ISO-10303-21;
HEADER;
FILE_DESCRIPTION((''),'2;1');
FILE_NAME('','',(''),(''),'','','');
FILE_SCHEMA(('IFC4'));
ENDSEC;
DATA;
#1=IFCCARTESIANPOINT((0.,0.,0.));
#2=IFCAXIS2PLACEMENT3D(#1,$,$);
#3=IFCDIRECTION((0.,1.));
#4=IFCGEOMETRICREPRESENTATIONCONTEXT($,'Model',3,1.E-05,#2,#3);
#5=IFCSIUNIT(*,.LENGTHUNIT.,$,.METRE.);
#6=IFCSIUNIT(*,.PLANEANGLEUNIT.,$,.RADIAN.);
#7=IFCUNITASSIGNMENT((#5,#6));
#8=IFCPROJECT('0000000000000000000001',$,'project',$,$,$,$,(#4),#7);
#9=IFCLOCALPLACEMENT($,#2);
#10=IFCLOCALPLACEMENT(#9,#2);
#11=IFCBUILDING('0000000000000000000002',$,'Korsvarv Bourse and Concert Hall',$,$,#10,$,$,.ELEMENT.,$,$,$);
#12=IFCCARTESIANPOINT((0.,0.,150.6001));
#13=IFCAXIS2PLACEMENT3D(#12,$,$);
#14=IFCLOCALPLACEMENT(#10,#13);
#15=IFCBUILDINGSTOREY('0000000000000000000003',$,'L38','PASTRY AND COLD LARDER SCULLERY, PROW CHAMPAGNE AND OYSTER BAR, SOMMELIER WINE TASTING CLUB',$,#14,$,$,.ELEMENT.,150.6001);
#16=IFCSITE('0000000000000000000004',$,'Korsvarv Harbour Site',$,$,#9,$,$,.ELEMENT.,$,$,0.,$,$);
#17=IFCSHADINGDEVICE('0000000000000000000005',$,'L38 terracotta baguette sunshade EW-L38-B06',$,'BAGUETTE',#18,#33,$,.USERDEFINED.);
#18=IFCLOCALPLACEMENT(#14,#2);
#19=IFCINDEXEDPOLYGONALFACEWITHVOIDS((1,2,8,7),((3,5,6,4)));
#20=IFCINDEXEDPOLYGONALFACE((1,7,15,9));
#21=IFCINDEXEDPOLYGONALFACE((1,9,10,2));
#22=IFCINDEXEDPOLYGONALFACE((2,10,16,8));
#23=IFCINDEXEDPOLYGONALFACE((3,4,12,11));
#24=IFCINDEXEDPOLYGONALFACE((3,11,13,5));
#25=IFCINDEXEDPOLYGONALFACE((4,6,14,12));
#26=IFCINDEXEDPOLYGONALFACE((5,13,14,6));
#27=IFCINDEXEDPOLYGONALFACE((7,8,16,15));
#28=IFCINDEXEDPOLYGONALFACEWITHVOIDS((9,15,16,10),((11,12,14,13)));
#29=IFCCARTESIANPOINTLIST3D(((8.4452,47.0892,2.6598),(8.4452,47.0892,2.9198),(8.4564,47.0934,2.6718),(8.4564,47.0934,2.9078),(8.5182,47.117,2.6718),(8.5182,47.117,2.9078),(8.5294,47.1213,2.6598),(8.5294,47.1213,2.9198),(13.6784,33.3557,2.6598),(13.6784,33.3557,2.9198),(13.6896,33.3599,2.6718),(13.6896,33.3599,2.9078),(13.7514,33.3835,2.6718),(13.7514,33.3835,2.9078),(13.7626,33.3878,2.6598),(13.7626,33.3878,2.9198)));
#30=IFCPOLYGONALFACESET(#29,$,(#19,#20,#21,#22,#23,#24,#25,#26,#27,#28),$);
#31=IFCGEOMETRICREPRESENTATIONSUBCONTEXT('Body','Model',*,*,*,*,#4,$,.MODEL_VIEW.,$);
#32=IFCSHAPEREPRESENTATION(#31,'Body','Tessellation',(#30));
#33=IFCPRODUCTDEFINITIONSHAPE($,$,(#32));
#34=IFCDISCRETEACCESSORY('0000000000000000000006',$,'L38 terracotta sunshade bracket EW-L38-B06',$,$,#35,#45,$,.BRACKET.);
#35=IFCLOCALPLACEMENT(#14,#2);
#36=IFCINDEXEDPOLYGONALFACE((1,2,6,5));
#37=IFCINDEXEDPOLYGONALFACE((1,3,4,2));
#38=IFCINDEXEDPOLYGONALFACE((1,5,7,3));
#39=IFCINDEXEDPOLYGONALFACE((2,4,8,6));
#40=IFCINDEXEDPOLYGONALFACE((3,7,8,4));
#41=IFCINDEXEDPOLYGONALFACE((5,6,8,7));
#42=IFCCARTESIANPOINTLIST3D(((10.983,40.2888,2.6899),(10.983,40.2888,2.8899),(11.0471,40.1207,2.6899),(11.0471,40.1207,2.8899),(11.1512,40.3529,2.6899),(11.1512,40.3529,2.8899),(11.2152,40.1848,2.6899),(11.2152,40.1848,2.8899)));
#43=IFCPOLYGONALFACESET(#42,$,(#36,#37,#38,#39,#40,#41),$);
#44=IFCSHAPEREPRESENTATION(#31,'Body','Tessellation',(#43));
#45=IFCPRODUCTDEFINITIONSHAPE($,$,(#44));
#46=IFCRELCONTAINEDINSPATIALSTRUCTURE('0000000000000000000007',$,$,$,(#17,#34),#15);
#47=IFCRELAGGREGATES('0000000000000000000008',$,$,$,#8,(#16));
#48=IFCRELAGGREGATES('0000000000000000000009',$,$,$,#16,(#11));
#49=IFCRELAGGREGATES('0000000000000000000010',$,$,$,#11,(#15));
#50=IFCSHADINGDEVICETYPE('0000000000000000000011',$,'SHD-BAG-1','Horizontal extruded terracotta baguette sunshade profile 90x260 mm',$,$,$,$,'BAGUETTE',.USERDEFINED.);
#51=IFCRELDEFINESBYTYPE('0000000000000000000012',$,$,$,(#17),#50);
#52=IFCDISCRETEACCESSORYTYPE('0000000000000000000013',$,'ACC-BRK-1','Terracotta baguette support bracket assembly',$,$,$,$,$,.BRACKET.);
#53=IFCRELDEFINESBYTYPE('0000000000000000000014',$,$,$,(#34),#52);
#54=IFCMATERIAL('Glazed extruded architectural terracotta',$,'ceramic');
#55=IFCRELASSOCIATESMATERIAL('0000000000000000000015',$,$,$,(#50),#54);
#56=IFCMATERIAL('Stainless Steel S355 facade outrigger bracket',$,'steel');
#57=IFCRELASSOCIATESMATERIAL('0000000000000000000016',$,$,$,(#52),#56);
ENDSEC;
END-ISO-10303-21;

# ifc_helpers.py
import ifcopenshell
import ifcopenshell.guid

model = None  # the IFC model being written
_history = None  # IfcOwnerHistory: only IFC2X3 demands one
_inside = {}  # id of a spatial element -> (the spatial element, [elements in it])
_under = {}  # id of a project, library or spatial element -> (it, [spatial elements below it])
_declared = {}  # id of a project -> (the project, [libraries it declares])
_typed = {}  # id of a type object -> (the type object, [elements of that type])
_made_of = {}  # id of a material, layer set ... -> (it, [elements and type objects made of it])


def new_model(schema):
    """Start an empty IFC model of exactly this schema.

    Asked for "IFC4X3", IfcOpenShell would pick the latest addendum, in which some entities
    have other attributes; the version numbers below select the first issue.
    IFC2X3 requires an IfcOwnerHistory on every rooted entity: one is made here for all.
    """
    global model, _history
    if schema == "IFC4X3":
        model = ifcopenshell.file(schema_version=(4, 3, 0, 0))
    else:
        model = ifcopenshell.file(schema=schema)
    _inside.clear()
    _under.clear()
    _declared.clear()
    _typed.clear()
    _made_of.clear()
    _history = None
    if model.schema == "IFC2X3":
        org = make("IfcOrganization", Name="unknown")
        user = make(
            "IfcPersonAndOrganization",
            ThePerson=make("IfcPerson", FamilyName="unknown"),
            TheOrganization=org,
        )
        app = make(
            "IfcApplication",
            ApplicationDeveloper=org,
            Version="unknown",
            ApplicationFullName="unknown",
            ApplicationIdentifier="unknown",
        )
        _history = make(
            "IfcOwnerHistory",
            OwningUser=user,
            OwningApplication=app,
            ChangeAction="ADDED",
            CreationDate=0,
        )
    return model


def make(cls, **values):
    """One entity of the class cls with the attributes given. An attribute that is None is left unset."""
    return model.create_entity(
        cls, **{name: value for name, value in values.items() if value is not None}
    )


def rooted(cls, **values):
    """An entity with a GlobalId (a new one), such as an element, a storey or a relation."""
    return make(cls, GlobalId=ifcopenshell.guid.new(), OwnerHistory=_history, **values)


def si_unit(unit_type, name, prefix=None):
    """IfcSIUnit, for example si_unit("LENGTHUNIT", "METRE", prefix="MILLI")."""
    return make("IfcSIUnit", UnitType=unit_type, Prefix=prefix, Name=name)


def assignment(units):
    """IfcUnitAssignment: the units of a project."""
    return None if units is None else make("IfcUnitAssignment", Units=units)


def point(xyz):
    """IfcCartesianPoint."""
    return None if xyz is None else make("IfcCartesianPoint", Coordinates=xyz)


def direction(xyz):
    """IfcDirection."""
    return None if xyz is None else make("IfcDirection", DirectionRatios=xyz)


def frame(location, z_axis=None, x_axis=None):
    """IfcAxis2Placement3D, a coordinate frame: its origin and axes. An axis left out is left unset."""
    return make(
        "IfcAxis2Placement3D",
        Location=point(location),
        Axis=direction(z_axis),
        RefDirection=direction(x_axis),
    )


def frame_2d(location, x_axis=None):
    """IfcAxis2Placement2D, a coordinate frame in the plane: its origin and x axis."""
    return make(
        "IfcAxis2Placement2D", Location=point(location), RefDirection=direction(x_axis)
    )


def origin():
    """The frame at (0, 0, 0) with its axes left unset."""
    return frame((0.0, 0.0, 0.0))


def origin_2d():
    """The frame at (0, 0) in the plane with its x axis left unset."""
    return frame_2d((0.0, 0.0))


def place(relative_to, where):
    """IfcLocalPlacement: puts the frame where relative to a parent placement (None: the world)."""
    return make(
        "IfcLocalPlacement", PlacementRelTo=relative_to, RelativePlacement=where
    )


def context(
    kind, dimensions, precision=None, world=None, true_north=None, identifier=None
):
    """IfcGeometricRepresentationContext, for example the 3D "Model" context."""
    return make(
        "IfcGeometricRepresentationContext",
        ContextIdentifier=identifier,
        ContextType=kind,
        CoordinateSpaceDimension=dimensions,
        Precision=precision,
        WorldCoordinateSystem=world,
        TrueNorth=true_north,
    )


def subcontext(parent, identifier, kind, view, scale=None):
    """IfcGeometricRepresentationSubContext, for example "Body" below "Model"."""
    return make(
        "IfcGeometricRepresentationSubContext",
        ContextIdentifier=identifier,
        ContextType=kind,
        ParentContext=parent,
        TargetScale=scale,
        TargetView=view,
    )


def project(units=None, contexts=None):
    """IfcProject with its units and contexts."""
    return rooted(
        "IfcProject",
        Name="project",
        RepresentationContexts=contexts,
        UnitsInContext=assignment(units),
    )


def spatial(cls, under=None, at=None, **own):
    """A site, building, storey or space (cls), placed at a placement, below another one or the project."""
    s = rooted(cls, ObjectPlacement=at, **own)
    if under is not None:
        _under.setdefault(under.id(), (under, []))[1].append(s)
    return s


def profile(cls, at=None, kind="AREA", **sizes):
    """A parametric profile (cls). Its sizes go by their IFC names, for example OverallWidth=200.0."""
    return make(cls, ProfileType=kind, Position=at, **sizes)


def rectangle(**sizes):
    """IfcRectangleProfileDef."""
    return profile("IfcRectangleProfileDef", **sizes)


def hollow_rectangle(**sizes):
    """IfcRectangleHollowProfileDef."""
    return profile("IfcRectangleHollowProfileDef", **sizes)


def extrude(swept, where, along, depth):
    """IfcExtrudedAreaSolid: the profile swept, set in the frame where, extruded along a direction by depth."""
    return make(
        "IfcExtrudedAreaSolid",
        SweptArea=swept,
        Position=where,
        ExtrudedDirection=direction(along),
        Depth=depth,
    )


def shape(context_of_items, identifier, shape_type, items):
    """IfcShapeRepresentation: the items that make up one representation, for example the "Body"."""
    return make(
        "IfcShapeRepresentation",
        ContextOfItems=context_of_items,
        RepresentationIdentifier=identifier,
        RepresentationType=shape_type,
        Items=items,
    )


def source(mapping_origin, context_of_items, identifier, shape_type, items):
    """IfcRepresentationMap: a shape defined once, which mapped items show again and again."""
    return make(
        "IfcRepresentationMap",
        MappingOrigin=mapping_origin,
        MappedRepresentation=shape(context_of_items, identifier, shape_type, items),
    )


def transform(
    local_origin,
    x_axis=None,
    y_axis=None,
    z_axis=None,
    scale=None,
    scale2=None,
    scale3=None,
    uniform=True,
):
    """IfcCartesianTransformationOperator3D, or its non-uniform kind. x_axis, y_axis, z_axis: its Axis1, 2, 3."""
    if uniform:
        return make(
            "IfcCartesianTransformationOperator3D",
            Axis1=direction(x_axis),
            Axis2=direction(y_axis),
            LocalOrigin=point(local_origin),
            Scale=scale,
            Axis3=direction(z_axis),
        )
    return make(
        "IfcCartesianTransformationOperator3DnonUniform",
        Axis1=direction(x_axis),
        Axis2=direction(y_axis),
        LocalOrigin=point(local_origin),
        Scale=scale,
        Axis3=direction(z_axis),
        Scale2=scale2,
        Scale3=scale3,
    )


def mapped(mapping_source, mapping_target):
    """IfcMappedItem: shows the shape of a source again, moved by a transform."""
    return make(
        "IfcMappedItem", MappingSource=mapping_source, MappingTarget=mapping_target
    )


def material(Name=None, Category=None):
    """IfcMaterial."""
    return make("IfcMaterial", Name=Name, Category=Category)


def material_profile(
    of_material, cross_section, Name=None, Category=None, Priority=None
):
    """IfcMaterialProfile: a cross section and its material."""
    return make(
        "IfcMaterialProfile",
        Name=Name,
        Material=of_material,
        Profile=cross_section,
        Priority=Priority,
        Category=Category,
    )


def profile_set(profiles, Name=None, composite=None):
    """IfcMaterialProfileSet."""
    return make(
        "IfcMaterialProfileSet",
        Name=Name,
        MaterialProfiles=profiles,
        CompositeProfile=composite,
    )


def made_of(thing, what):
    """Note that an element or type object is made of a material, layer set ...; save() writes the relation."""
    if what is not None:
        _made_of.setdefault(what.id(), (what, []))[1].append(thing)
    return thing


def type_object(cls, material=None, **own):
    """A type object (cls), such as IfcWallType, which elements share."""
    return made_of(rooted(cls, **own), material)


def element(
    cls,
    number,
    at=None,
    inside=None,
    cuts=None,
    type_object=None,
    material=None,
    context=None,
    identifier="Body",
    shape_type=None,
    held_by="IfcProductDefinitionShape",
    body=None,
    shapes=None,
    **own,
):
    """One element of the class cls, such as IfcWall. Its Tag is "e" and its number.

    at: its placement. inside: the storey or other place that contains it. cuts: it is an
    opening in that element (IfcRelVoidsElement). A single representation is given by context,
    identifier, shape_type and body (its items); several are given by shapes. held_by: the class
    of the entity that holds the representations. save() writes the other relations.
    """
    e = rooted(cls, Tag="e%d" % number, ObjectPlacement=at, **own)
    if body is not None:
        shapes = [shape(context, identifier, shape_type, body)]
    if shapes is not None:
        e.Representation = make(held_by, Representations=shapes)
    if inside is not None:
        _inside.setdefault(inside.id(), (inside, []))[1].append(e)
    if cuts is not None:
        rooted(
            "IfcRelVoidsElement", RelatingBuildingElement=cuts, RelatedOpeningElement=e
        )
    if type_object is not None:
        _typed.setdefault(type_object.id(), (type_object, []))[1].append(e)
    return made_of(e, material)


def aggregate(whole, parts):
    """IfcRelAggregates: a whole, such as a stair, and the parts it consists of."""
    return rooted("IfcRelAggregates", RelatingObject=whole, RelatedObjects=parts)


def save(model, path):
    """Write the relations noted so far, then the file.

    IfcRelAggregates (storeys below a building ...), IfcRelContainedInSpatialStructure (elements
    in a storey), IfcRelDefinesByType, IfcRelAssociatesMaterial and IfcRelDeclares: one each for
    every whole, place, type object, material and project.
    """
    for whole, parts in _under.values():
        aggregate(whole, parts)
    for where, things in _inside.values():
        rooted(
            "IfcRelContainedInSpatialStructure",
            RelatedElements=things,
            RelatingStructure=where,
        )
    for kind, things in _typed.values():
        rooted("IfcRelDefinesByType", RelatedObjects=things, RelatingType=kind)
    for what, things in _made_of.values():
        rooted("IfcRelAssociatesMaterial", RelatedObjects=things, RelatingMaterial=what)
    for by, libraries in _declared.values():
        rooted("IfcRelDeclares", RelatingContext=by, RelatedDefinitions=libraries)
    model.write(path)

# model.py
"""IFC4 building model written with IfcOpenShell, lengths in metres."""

from ifc_helpers import new_model, si_unit, direction, frame, origin, origin_2d, place, context, subcontext, project, spatial, rectangle, hollow_rectangle, extrude, source, transform, mapped, material, material_profile, profile_set, type_object, element, save


model = new_model("IFC4")

# Units and contexts
model_context = context("Model", 3, precision=1e-05, world=origin(), true_north=direction((0.0, 1.0)))
body_context = subcontext(model_context, "Body", "Model", "MODEL_VIEW")
ifc_project = project(units=[si_unit("LENGTHUNIT", "METRE"), si_unit("PLANEANGLEUNIT", "RADIAN")], contexts=[model_context])

# Site, building, storey
site_placement = place(None, origin())
site = spatial("IfcSite", under=ifc_project, at=site_placement, Name="Korsvarv Harbour Site", CompositionType="ELEMENT", RefElevation=0.0)
building_placement = place(site_placement, origin())
building = spatial("IfcBuilding", under=site, at=building_placement, Name="Korsvarv Bourse and Concert Hall", CompositionType="ELEMENT")
storey_placement = place(building_placement, frame((0.0, 0.0, 150.6001)))
storey = spatial("IfcBuildingStorey", under=building, at=storey_placement, Name="L38", Description="PASTRY AND COLD LARDER SCULLERY, PROW CHAMPAGNE AND OYSTER BAR, SOMMELIER WINE TASTING CLUB", CompositionType="ELEMENT", Elevation=150.6001)

# Shading device
ifc_material_1 = material(Name="Glazed extruded architectural terracotta", Category="ceramic")
ifc_material_profile_1 = material_profile(ifc_material_1, hollow_rectangle(XDim=0.0901, YDim=0.26, WallThickness=0.012, at=origin_2d()), Name="TC-BAG 90x260")
ifc_profile_set_1 = profile_set([ifc_material_profile_1], Name="Glazed extruded architectural terracotta")
shading_device_type = type_object("IfcShadingDeviceType", Name="SHD-BAG-1", Description="Horizontal extruded terracotta baguette sunshade profile 90x260 mm", ElementType="BAGUETTE", PredefinedType="USERDEFINED", material=ifc_profile_set_1)
shared_shape_1 = source(origin(), body_context, "Body", "SweptSolid", [
    extrude(hollow_rectangle(XDim=0.0901, YDim=0.26, WallThickness=0.012, at=origin_2d()), origin(), (0.0, 0.0, 1.0), 14.6968),
])
shading_device_placement = place(storey_placement, frame((8.4873, 47.1052, 2.7898), z_axis=(0.356078, -0.934456, 0.0), x_axis=(0.934456, 0.356078, 0.0)))
element("IfcShadingDevice", 1, at=shading_device_placement, inside=storey, type_object=shading_device_type, Name="L38 terracotta baguette sunshade EW-L38-B06", ObjectType="BAGUETTE", PredefinedType="USERDEFINED", context=body_context, shape_type="MappedRepresentation", body=[
    mapped(shared_shape_1, transform((0.0, 0.0, 0.0), scale=1.0)),
])

# Discrete accessory
ifc_material_2 = material(Name="Stainless Steel S355 facade outrigger bracket", Category="steel")
discrete_accessory_type = type_object("IfcDiscreteAccessoryType", Name="ACC-BRK-1", Description="Terracotta baguette support bracket assembly", PredefinedType="BRACKET", material=ifc_material_2)
shared_shape_2 = source(origin(), body_context, "Body", "SweptSolid", [
    extrude(rectangle(XDim=0.1799, YDim=0.1799, at=origin_2d()), origin(), (0.0, 0.0, 1.0), 0.2),
])
discrete_accessory_placement = place(storey_placement, frame((11.0991, 40.2368, 2.6899), z_axis=(0.0, 0.0, 1.0), x_axis=(0.356086, -0.934453, 0.0)))
element("IfcDiscreteAccessory", 2, at=discrete_accessory_placement, inside=storey, type_object=discrete_accessory_type, Name="L38 terracotta sunshade bracket EW-L38-B06", PredefinedType="BRACKET", context=body_context, shape_type="MappedRepresentation", body=[
    mapped(shared_shape_2, transform((0.0, 0.0, 0.0), scale=1.0)),
])

save(model, "model.ifc")
